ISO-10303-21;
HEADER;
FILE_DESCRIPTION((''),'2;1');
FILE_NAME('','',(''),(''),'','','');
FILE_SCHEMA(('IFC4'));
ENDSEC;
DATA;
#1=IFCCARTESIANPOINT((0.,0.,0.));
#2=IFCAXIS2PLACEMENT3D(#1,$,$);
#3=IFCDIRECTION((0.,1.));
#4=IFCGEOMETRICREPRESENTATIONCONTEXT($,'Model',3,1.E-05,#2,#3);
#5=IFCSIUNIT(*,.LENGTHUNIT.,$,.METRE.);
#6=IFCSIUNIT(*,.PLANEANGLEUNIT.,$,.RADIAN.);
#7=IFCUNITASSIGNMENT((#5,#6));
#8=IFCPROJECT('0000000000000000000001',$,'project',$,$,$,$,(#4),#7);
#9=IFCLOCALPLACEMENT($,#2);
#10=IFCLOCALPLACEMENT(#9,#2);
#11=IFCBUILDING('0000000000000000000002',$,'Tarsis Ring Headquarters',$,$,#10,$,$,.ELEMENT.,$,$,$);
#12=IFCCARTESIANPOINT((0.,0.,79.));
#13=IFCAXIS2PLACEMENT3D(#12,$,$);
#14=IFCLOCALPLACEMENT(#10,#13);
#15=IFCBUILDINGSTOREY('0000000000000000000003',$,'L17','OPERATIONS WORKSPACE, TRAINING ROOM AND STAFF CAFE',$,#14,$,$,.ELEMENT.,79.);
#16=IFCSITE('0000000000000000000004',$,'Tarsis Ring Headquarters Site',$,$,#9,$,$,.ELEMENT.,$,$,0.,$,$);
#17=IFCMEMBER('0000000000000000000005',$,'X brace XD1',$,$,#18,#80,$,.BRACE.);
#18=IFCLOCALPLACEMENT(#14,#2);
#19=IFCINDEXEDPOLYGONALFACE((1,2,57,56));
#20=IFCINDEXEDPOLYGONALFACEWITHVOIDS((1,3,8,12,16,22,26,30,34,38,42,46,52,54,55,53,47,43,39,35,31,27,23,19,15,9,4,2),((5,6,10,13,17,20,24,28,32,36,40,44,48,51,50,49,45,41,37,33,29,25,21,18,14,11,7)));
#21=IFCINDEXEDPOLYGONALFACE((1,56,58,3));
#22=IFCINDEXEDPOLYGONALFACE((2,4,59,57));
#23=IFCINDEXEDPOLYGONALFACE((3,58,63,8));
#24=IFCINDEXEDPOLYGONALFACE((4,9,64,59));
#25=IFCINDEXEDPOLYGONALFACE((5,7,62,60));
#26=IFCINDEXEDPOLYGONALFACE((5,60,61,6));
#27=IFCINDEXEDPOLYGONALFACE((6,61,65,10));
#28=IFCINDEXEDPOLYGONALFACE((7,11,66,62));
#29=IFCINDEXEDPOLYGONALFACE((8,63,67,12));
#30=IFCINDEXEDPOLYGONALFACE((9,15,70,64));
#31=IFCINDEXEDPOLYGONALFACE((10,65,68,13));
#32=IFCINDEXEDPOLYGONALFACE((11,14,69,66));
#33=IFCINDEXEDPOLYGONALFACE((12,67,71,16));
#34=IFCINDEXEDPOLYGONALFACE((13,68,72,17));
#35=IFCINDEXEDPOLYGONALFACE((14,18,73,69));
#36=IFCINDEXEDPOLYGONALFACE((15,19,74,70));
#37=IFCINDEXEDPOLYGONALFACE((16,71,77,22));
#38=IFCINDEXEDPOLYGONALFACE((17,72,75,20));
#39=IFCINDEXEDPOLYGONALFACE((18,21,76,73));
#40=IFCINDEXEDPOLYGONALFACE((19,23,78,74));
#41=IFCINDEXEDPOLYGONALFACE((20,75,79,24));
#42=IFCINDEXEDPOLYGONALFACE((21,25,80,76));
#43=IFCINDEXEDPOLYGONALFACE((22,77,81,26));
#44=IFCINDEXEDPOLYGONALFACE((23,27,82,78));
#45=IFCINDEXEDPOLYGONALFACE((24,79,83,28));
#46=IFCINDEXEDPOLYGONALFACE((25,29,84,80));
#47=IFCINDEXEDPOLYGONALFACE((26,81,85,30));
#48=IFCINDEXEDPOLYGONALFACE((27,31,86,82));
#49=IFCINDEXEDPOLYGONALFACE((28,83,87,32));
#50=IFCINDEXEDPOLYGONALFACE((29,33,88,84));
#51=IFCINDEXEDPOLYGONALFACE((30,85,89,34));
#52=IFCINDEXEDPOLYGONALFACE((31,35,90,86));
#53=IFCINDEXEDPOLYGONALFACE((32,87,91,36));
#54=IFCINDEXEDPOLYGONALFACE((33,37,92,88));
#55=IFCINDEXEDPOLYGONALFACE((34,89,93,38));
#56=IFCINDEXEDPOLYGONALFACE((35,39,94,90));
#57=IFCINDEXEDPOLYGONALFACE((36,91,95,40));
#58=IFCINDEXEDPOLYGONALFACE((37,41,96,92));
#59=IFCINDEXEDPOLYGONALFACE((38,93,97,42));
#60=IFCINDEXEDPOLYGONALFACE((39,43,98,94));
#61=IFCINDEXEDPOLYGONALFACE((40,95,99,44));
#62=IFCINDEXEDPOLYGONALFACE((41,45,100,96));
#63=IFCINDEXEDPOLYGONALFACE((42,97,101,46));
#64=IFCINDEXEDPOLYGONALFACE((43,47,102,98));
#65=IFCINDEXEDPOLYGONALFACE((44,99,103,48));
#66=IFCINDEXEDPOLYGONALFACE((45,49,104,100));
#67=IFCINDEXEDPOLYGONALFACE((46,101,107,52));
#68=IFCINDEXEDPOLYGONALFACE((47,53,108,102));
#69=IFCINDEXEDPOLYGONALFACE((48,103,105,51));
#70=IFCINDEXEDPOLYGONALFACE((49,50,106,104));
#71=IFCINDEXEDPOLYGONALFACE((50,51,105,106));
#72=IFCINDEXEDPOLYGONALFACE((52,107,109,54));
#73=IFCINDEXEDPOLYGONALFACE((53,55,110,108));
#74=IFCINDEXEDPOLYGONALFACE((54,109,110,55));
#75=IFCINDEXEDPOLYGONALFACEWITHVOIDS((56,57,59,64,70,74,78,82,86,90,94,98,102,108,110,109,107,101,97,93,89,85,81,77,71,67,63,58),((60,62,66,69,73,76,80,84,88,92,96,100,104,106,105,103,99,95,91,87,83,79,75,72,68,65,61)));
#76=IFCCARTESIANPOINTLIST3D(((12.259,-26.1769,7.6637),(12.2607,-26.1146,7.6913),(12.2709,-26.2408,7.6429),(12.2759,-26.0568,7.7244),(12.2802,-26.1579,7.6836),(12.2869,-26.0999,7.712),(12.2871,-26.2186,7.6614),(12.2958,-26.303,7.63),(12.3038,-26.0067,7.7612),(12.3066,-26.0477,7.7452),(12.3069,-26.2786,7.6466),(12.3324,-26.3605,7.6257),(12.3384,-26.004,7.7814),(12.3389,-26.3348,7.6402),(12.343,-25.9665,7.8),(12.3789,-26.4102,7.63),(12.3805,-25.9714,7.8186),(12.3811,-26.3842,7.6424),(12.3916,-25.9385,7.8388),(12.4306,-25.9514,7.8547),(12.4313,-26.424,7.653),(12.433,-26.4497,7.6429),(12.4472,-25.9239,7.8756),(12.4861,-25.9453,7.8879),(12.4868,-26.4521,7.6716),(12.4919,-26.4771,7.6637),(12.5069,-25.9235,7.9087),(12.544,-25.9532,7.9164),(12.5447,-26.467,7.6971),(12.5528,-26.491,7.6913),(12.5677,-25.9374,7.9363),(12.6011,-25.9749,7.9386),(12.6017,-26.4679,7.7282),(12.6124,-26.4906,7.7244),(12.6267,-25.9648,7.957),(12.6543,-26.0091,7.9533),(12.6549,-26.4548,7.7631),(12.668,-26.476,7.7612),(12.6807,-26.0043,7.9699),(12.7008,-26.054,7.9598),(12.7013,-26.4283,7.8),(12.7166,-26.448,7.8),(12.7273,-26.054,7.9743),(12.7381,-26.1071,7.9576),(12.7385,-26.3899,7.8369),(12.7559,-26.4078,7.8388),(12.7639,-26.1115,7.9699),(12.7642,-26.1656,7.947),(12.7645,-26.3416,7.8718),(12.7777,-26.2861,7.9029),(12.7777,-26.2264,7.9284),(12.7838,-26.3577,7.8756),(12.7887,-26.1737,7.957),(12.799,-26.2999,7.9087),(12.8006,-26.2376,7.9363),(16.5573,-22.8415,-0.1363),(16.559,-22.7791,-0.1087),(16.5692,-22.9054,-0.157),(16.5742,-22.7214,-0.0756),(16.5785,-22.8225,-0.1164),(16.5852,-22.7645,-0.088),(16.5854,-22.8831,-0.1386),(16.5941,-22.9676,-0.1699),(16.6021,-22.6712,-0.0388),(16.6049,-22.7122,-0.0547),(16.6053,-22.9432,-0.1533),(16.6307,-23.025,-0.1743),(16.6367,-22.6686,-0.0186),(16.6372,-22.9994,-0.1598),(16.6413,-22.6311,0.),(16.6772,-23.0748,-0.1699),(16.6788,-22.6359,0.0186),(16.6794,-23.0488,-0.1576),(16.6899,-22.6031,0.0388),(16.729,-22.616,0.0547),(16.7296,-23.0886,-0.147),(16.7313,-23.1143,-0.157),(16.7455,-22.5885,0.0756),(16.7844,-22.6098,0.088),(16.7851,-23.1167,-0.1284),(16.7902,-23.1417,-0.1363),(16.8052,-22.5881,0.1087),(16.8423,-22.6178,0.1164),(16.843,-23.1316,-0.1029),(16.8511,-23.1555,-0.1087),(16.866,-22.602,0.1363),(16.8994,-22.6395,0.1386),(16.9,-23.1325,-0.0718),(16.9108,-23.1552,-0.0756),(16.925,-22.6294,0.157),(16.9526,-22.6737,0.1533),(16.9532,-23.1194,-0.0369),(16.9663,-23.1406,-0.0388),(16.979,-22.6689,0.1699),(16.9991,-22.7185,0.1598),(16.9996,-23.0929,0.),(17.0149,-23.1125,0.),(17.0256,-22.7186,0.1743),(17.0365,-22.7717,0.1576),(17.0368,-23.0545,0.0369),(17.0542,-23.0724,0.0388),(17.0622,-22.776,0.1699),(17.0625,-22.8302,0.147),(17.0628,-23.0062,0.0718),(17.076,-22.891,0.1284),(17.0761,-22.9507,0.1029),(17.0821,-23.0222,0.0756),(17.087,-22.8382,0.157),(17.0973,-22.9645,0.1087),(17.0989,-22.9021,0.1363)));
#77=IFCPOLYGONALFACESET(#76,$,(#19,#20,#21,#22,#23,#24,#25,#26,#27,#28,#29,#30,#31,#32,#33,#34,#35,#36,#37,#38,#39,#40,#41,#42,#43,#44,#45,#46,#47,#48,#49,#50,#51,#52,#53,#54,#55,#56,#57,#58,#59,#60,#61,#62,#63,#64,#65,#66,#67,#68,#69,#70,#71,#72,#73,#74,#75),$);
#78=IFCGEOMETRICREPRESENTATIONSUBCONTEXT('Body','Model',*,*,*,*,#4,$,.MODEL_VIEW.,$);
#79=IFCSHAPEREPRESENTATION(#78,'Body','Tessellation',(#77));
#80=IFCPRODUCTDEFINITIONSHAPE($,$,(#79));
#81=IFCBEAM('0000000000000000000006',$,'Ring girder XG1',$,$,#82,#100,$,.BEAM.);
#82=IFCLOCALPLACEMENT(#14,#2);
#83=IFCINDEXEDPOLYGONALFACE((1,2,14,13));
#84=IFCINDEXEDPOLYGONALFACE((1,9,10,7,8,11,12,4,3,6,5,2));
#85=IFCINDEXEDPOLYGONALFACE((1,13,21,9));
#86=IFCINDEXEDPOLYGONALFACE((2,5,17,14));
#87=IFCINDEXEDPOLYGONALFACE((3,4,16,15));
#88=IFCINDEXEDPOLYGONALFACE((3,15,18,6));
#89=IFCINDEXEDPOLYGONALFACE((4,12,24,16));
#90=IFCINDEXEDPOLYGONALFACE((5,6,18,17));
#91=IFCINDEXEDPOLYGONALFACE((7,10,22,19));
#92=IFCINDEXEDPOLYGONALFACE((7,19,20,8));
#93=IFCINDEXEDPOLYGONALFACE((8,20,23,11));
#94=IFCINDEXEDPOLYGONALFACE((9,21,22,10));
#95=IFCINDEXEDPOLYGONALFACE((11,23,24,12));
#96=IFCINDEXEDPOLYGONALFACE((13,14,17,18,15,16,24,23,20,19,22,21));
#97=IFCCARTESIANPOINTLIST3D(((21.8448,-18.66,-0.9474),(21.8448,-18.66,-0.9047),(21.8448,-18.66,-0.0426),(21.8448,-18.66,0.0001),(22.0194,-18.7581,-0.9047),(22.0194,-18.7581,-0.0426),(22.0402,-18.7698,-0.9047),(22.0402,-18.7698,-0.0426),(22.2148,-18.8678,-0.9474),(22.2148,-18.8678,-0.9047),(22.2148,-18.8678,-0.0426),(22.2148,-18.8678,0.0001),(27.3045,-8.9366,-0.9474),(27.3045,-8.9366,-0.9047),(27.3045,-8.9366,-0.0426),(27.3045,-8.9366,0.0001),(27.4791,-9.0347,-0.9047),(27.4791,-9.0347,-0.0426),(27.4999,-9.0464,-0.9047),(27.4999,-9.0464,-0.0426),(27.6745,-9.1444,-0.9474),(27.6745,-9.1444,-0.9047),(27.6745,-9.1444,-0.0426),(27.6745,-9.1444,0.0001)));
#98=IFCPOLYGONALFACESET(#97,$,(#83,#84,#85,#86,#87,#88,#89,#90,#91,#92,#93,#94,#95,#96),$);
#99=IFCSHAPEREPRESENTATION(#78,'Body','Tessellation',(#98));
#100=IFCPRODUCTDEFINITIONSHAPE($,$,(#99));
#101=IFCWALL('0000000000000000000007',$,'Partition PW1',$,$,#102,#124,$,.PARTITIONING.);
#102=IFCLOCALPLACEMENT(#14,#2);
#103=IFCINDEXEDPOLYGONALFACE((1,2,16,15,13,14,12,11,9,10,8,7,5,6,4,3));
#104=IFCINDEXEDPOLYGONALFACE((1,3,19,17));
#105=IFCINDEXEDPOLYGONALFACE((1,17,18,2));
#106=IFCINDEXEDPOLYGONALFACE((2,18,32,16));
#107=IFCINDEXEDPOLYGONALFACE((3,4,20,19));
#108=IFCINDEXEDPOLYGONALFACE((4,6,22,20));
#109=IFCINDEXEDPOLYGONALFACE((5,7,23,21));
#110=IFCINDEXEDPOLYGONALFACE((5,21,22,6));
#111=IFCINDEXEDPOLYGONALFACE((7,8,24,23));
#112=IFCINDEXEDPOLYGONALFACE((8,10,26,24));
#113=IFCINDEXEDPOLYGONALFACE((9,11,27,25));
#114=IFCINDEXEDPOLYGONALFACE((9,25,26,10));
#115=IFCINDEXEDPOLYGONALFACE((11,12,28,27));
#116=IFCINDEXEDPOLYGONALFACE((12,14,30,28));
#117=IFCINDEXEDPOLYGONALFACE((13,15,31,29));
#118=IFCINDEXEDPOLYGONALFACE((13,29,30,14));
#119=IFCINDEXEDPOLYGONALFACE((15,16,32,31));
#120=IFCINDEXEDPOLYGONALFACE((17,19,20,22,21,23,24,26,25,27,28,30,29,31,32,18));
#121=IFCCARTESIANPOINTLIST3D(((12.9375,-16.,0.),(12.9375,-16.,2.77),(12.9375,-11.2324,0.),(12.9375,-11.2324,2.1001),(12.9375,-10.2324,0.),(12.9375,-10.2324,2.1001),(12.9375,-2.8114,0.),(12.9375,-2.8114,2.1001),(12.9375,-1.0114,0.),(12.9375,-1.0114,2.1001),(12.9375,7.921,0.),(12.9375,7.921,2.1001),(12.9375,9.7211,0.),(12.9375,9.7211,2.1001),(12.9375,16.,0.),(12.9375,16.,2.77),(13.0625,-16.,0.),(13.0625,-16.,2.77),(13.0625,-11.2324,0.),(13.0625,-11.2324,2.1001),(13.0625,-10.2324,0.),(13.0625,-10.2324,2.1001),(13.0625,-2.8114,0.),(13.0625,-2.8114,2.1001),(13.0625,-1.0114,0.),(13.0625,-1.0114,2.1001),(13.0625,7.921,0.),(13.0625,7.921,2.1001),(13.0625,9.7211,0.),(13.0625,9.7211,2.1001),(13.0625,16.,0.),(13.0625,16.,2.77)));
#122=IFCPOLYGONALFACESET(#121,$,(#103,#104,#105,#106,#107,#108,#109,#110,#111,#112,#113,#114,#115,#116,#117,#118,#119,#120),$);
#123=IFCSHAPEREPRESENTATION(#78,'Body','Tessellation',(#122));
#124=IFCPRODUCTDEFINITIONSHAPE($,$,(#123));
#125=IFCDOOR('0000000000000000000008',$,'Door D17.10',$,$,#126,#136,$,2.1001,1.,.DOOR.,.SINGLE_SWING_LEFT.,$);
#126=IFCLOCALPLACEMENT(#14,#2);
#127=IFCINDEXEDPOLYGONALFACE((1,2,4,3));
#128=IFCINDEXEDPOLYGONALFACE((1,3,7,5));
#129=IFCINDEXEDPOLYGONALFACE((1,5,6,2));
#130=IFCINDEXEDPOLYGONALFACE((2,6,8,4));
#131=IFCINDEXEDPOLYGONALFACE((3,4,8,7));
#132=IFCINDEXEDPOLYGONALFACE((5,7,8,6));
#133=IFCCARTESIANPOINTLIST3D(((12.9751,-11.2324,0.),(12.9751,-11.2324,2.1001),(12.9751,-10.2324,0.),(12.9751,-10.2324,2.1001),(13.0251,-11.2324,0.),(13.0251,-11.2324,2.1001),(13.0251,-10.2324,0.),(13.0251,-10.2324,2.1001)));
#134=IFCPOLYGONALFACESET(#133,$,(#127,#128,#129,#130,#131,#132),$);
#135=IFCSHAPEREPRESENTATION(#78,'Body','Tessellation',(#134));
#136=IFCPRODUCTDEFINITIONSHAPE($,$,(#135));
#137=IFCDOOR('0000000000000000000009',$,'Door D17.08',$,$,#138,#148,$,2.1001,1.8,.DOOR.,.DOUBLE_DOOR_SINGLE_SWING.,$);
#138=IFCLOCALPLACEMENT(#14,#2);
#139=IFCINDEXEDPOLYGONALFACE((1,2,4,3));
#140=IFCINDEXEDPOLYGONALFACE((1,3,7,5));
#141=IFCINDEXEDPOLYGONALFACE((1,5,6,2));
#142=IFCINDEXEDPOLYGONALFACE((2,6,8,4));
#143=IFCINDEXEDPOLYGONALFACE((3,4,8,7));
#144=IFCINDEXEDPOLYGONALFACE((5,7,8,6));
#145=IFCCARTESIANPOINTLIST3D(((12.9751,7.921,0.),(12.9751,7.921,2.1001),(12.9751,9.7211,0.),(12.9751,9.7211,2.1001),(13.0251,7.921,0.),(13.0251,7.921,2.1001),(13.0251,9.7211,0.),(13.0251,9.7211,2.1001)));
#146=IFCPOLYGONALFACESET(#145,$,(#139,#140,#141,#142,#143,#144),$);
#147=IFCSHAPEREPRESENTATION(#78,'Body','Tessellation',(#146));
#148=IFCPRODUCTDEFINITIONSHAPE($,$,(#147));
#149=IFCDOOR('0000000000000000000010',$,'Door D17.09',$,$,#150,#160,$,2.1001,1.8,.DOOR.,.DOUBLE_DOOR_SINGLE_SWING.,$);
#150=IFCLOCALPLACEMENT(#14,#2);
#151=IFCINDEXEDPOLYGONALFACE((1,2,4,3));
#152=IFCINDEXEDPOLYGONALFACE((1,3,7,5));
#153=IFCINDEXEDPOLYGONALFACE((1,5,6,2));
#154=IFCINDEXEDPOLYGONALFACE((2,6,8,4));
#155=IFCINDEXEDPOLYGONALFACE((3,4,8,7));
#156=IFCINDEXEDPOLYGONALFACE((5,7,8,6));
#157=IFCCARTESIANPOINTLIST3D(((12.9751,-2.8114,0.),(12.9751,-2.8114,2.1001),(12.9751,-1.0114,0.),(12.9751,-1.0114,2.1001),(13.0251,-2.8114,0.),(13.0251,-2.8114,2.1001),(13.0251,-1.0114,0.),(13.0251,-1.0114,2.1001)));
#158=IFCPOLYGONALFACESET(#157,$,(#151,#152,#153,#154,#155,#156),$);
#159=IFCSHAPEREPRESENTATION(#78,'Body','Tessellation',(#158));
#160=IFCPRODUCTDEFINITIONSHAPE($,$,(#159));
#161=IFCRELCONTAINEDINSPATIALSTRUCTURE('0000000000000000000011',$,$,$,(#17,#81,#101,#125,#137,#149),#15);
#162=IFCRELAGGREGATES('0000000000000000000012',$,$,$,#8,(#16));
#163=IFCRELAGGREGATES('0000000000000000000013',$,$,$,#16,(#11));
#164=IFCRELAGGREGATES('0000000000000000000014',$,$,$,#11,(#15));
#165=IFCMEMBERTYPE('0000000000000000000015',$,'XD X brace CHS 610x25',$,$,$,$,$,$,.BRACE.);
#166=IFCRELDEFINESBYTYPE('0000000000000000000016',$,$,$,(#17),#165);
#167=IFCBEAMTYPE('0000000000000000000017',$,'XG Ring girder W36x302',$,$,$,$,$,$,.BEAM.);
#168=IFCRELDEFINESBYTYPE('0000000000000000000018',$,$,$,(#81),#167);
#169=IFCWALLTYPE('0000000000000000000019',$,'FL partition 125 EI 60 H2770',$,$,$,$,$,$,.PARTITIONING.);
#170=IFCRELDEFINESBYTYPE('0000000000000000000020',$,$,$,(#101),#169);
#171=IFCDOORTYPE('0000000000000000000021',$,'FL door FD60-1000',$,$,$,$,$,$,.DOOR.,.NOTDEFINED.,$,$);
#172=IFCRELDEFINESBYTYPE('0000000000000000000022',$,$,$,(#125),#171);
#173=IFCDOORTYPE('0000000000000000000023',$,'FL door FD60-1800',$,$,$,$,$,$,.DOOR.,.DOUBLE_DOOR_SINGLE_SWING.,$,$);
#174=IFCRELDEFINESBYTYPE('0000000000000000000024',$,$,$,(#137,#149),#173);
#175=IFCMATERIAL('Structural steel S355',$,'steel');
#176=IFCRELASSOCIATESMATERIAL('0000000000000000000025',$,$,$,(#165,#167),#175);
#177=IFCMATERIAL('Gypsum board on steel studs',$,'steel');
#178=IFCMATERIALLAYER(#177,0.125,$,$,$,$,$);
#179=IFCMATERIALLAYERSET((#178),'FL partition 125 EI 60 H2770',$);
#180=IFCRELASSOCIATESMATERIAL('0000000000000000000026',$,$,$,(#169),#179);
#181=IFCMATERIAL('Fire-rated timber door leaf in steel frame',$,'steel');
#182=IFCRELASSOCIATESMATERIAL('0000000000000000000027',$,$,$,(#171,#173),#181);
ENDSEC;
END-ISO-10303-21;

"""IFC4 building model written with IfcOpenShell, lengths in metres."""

from ifc_helpers import new_model, si_unit, direction, frame, frame_2d, origin, origin_2d, place, context, subcontext, project, spatial, rectangle, hollow_circle, i_section, extrude, material, layer, layer_set, material_profile, profile_set, type_object, element, fill, save


model = new_model("IFC4")

# Units and contexts
model_context = context("Model", 3, precision=1e-05, world=origin(), true_north=direction((0.0, 1.0)))
body_context = subcontext(model_context, "Body", "Model", "MODEL_VIEW")
ifc_project = project(units=[si_unit("LENGTHUNIT", "METRE"), si_unit("PLANEANGLEUNIT", "RADIAN")], contexts=[model_context])

# Site, building, storey
site_placement = place(None, origin())
site = spatial("IfcSite", under=ifc_project, at=site_placement, Name="Tarsis Ring Headquarters Site", CompositionType="ELEMENT", RefElevation=0.0)
building_placement = place(site_placement, origin())
building = spatial("IfcBuilding", under=site, at=building_placement, Name="Tarsis Ring Headquarters", CompositionType="ELEMENT")
storey_placement = place(building_placement, frame((0.0, 0.0, 79.0)))
storey = spatial("IfcBuildingStorey", under=building, at=storey_placement, Name="L17", Description="OPERATIONS WORKSPACE, TRAINING ROOM AND STAFF CAFE", CompositionType="ELEMENT", Elevation=79.0)

# Member
ifc_material_1 = material(Name="Structural steel S355", Category="steel")
ifc_material_profile_1 = material_profile(ifc_material_1, hollow_circle(Radius=0.3047, WallThickness=0.0249, at=origin_2d()), Name="CHS 610x25")
ifc_profile_set_1 = profile_set([ifc_material_profile_1], Name="Structural steel S355")
member_type = type_object("IfcMemberType", Name="XD X brace CHS 610x25", PredefinedType="BRACE", material=ifc_profile_set_1)
member_1_placement = place(storey_placement, frame((16.8281, -22.8718, 0.0), z_axis=(-0.451977, -0.350728, 0.820187), x_axis=(0.613058, -0.790038, 0.0)))
element("IfcMember", 1, at=member_1_placement, inside=storey, type_object=member_type, Name="X brace XD1", PredefinedType="BRACE", context=body_context, shape_type="SweptSolid", body=[
    extrude(hollow_circle(Radius=0.3047, WallThickness=0.0249, at=origin_2d()), origin(), (0.0, 0.0, 1.0), 9.51),
])

# Beam
ifc_material_profile_2 = material_profile(ifc_material_1, i_section(OverallWidth=0.4243, OverallDepth=0.9475, WebThickness=0.0239, FlangeThickness=0.0427, at=origin_2d()), Name="W36x302")
ifc_profile_set_2 = profile_set([ifc_material_profile_2], Name="Structural steel S355")
beam_type = type_object("IfcBeamType", Name="XG Ring girder W36x302", PredefinedType="BEAM", material=ifc_profile_set_2)
beam_placement = place(storey_placement, frame((22.0298, -18.7639, -0.4736), z_axis=(0.489601, 0.871947, 0.0), x_axis=(-0.871947, 0.489601, 0.0)))
element("IfcBeam", 2, at=beam_placement, inside=storey, type_object=beam_type, Name="Ring girder XG1", PredefinedType="BEAM", context=body_context, shape_type="SweptSolid", body=[
    extrude(i_section(OverallWidth=0.4243, OverallDepth=0.9475, WebThickness=0.0239, FlangeThickness=0.0427, at=origin_2d()), origin(), (0.0, 0.0, 1.0), 11.1514),
])

# Wall, openings, doors
ifc_material_2 = material(Name="Gypsum board on steel studs", Category="steel")
ifc_layer_1 = layer(ifc_material_2, 0.125)
ifc_layer_set_1 = layer_set([ifc_layer_1], Name="FL partition 125 EI 60 H2770")
wall_type_1 = type_object("IfcWallType", Name="FL partition 125 EI 60 H2770", PredefinedType="PARTITIONING", material=ifc_layer_set_1)
wall_1_placement = place(storey_placement, frame((13.0, -16.0, 0.0), z_axis=(0.0, 0.0, 1.0), x_axis=(0.0, 1.0, 0.0)))
wall_1 = element("IfcWall", 3, at=wall_1_placement, inside=storey, type_object=wall_type_1, Name="Partition PW1", PredefinedType="PARTITIONING", context=body_context, shape_type="SweptSolid", body=[
    extrude(rectangle(XDim=32.0, YDim=0.125, at=frame_2d((16.0, 0.0))), origin(), (0.0, 0.0, 1.0), 2.77),
])
opening_1_placement = place(wall_1_placement, frame((23.9211, 0.0, 0.0)))
opening_1 = element("IfcOpeningElement", 4, at=opening_1_placement, cuts=wall_1, PredefinedType="OPENING", context=body_context, shape_type="SweptSolid", body=[
    extrude(rectangle(XDim=1.8, YDim=2.1001, at=frame_2d((0.8999, 1.05))), frame((0.0, 0.0725, 0.0), z_axis=(0.0, -1.0, 0.0), x_axis=(1.0, 0.0, 0.0)), (0.0, 0.0, 1.0), 0.145),
])
opening_2_placement = place(wall_1_placement, frame((13.1887, 0.0, 0.0)))
opening_2 = element("IfcOpeningElement", 5, at=opening_2_placement, cuts=wall_1, PredefinedType="OPENING", context=body_context, shape_type="SweptSolid", body=[
    extrude(rectangle(XDim=1.8, YDim=2.1001, at=frame_2d((0.8999, 1.05))), frame((0.0, 0.0725, 0.0), z_axis=(0.0, -1.0, 0.0), x_axis=(1.0, 0.0, 0.0)), (0.0, 0.0, 1.0), 0.145),
])
opening_3_placement = place(wall_1_placement, frame((4.7676, 0.0, 0.0)))
opening_3 = element("IfcOpeningElement", 6, at=opening_3_placement, cuts=wall_1, PredefinedType="OPENING", context=body_context, shape_type="SweptSolid", body=[
    extrude(rectangle(XDim=1.0, YDim=2.1001, at=frame_2d((0.5, 1.05))), frame((0.0, 0.0725, 0.0), z_axis=(0.0, -1.0, 0.0), x_axis=(1.0, 0.0, 0.0)), (0.0, 0.0, 1.0), 0.145),
])
ifc_material_3 = material(Name="Fire-rated timber door leaf in steel frame", Category="steel")
door_type_1 = type_object("IfcDoorType", Name="FL door FD60-1000", OperationType="NOTDEFINED", PredefinedType="DOOR", material=ifc_material_3)
door_1_placement = place(opening_3_placement, origin())
door_1 = element("IfcDoor", 7, at=door_1_placement, inside=storey, type_object=door_type_1, Name="Door D17.10", OperationType="SINGLE_SWING_LEFT", OverallHeight=2.1001, OverallWidth=1.0, PredefinedType="DOOR", context=body_context, shape_type="SweptSolid", body=[
    extrude(rectangle(XDim=1.0, YDim=2.1001, at=frame_2d((0.5, 1.05))), frame((0.0, 0.0249, 0.0), z_axis=(0.0, -1.0, 0.0), x_axis=(1.0, 0.0, 0.0)), (0.0, 0.0, 1.0), 0.05),
])
fill(opening_3, door_1)
door_type_2 = type_object("IfcDoorType", Name="FL door FD60-1800", OperationType="DOUBLE_DOOR_SINGLE_SWING", PredefinedType="DOOR", material=ifc_material_3)
door_2_placement = place(opening_1_placement, origin())
door_2 = element("IfcDoor", 8, at=door_2_placement, inside=storey, type_object=door_type_2, Name="Door D17.08", OperationType="DOUBLE_DOOR_SINGLE_SWING", OverallHeight=2.1001, OverallWidth=1.8, PredefinedType="DOOR", context=body_context, shape_type="SweptSolid", body=[
    extrude(rectangle(XDim=1.8, YDim=2.1001, at=frame_2d((0.8999, 1.05))), frame((0.0, 0.0249, 0.0), z_axis=(0.0, -1.0, 0.0), x_axis=(1.0, 0.0, 0.0)), (0.0, 0.0, 1.0), 0.05),
])
fill(opening_1, door_2)
door_3_placement = place(opening_2_placement, origin())
door_3 = element("IfcDoor", 9, at=door_3_placement, inside=storey, type_object=door_type_2, Name="Door D17.09", OperationType="DOUBLE_DOOR_SINGLE_SWING", OverallHeight=2.1001, OverallWidth=1.8, PredefinedType="DOOR", context=body_context, shape_type="SweptSolid", body=[
    extrude(rectangle(XDim=1.8, YDim=2.1001, at=frame_2d((0.8999, 1.05))), frame((0.0, 0.0249, 0.0), z_axis=(0.0, -1.0, 0.0), x_axis=(1.0, 0.0, 0.0)), (0.0, 0.0, 1.0), 0.05),
])
fill(opening_2, door_3)

save(model, "model.ifc")
